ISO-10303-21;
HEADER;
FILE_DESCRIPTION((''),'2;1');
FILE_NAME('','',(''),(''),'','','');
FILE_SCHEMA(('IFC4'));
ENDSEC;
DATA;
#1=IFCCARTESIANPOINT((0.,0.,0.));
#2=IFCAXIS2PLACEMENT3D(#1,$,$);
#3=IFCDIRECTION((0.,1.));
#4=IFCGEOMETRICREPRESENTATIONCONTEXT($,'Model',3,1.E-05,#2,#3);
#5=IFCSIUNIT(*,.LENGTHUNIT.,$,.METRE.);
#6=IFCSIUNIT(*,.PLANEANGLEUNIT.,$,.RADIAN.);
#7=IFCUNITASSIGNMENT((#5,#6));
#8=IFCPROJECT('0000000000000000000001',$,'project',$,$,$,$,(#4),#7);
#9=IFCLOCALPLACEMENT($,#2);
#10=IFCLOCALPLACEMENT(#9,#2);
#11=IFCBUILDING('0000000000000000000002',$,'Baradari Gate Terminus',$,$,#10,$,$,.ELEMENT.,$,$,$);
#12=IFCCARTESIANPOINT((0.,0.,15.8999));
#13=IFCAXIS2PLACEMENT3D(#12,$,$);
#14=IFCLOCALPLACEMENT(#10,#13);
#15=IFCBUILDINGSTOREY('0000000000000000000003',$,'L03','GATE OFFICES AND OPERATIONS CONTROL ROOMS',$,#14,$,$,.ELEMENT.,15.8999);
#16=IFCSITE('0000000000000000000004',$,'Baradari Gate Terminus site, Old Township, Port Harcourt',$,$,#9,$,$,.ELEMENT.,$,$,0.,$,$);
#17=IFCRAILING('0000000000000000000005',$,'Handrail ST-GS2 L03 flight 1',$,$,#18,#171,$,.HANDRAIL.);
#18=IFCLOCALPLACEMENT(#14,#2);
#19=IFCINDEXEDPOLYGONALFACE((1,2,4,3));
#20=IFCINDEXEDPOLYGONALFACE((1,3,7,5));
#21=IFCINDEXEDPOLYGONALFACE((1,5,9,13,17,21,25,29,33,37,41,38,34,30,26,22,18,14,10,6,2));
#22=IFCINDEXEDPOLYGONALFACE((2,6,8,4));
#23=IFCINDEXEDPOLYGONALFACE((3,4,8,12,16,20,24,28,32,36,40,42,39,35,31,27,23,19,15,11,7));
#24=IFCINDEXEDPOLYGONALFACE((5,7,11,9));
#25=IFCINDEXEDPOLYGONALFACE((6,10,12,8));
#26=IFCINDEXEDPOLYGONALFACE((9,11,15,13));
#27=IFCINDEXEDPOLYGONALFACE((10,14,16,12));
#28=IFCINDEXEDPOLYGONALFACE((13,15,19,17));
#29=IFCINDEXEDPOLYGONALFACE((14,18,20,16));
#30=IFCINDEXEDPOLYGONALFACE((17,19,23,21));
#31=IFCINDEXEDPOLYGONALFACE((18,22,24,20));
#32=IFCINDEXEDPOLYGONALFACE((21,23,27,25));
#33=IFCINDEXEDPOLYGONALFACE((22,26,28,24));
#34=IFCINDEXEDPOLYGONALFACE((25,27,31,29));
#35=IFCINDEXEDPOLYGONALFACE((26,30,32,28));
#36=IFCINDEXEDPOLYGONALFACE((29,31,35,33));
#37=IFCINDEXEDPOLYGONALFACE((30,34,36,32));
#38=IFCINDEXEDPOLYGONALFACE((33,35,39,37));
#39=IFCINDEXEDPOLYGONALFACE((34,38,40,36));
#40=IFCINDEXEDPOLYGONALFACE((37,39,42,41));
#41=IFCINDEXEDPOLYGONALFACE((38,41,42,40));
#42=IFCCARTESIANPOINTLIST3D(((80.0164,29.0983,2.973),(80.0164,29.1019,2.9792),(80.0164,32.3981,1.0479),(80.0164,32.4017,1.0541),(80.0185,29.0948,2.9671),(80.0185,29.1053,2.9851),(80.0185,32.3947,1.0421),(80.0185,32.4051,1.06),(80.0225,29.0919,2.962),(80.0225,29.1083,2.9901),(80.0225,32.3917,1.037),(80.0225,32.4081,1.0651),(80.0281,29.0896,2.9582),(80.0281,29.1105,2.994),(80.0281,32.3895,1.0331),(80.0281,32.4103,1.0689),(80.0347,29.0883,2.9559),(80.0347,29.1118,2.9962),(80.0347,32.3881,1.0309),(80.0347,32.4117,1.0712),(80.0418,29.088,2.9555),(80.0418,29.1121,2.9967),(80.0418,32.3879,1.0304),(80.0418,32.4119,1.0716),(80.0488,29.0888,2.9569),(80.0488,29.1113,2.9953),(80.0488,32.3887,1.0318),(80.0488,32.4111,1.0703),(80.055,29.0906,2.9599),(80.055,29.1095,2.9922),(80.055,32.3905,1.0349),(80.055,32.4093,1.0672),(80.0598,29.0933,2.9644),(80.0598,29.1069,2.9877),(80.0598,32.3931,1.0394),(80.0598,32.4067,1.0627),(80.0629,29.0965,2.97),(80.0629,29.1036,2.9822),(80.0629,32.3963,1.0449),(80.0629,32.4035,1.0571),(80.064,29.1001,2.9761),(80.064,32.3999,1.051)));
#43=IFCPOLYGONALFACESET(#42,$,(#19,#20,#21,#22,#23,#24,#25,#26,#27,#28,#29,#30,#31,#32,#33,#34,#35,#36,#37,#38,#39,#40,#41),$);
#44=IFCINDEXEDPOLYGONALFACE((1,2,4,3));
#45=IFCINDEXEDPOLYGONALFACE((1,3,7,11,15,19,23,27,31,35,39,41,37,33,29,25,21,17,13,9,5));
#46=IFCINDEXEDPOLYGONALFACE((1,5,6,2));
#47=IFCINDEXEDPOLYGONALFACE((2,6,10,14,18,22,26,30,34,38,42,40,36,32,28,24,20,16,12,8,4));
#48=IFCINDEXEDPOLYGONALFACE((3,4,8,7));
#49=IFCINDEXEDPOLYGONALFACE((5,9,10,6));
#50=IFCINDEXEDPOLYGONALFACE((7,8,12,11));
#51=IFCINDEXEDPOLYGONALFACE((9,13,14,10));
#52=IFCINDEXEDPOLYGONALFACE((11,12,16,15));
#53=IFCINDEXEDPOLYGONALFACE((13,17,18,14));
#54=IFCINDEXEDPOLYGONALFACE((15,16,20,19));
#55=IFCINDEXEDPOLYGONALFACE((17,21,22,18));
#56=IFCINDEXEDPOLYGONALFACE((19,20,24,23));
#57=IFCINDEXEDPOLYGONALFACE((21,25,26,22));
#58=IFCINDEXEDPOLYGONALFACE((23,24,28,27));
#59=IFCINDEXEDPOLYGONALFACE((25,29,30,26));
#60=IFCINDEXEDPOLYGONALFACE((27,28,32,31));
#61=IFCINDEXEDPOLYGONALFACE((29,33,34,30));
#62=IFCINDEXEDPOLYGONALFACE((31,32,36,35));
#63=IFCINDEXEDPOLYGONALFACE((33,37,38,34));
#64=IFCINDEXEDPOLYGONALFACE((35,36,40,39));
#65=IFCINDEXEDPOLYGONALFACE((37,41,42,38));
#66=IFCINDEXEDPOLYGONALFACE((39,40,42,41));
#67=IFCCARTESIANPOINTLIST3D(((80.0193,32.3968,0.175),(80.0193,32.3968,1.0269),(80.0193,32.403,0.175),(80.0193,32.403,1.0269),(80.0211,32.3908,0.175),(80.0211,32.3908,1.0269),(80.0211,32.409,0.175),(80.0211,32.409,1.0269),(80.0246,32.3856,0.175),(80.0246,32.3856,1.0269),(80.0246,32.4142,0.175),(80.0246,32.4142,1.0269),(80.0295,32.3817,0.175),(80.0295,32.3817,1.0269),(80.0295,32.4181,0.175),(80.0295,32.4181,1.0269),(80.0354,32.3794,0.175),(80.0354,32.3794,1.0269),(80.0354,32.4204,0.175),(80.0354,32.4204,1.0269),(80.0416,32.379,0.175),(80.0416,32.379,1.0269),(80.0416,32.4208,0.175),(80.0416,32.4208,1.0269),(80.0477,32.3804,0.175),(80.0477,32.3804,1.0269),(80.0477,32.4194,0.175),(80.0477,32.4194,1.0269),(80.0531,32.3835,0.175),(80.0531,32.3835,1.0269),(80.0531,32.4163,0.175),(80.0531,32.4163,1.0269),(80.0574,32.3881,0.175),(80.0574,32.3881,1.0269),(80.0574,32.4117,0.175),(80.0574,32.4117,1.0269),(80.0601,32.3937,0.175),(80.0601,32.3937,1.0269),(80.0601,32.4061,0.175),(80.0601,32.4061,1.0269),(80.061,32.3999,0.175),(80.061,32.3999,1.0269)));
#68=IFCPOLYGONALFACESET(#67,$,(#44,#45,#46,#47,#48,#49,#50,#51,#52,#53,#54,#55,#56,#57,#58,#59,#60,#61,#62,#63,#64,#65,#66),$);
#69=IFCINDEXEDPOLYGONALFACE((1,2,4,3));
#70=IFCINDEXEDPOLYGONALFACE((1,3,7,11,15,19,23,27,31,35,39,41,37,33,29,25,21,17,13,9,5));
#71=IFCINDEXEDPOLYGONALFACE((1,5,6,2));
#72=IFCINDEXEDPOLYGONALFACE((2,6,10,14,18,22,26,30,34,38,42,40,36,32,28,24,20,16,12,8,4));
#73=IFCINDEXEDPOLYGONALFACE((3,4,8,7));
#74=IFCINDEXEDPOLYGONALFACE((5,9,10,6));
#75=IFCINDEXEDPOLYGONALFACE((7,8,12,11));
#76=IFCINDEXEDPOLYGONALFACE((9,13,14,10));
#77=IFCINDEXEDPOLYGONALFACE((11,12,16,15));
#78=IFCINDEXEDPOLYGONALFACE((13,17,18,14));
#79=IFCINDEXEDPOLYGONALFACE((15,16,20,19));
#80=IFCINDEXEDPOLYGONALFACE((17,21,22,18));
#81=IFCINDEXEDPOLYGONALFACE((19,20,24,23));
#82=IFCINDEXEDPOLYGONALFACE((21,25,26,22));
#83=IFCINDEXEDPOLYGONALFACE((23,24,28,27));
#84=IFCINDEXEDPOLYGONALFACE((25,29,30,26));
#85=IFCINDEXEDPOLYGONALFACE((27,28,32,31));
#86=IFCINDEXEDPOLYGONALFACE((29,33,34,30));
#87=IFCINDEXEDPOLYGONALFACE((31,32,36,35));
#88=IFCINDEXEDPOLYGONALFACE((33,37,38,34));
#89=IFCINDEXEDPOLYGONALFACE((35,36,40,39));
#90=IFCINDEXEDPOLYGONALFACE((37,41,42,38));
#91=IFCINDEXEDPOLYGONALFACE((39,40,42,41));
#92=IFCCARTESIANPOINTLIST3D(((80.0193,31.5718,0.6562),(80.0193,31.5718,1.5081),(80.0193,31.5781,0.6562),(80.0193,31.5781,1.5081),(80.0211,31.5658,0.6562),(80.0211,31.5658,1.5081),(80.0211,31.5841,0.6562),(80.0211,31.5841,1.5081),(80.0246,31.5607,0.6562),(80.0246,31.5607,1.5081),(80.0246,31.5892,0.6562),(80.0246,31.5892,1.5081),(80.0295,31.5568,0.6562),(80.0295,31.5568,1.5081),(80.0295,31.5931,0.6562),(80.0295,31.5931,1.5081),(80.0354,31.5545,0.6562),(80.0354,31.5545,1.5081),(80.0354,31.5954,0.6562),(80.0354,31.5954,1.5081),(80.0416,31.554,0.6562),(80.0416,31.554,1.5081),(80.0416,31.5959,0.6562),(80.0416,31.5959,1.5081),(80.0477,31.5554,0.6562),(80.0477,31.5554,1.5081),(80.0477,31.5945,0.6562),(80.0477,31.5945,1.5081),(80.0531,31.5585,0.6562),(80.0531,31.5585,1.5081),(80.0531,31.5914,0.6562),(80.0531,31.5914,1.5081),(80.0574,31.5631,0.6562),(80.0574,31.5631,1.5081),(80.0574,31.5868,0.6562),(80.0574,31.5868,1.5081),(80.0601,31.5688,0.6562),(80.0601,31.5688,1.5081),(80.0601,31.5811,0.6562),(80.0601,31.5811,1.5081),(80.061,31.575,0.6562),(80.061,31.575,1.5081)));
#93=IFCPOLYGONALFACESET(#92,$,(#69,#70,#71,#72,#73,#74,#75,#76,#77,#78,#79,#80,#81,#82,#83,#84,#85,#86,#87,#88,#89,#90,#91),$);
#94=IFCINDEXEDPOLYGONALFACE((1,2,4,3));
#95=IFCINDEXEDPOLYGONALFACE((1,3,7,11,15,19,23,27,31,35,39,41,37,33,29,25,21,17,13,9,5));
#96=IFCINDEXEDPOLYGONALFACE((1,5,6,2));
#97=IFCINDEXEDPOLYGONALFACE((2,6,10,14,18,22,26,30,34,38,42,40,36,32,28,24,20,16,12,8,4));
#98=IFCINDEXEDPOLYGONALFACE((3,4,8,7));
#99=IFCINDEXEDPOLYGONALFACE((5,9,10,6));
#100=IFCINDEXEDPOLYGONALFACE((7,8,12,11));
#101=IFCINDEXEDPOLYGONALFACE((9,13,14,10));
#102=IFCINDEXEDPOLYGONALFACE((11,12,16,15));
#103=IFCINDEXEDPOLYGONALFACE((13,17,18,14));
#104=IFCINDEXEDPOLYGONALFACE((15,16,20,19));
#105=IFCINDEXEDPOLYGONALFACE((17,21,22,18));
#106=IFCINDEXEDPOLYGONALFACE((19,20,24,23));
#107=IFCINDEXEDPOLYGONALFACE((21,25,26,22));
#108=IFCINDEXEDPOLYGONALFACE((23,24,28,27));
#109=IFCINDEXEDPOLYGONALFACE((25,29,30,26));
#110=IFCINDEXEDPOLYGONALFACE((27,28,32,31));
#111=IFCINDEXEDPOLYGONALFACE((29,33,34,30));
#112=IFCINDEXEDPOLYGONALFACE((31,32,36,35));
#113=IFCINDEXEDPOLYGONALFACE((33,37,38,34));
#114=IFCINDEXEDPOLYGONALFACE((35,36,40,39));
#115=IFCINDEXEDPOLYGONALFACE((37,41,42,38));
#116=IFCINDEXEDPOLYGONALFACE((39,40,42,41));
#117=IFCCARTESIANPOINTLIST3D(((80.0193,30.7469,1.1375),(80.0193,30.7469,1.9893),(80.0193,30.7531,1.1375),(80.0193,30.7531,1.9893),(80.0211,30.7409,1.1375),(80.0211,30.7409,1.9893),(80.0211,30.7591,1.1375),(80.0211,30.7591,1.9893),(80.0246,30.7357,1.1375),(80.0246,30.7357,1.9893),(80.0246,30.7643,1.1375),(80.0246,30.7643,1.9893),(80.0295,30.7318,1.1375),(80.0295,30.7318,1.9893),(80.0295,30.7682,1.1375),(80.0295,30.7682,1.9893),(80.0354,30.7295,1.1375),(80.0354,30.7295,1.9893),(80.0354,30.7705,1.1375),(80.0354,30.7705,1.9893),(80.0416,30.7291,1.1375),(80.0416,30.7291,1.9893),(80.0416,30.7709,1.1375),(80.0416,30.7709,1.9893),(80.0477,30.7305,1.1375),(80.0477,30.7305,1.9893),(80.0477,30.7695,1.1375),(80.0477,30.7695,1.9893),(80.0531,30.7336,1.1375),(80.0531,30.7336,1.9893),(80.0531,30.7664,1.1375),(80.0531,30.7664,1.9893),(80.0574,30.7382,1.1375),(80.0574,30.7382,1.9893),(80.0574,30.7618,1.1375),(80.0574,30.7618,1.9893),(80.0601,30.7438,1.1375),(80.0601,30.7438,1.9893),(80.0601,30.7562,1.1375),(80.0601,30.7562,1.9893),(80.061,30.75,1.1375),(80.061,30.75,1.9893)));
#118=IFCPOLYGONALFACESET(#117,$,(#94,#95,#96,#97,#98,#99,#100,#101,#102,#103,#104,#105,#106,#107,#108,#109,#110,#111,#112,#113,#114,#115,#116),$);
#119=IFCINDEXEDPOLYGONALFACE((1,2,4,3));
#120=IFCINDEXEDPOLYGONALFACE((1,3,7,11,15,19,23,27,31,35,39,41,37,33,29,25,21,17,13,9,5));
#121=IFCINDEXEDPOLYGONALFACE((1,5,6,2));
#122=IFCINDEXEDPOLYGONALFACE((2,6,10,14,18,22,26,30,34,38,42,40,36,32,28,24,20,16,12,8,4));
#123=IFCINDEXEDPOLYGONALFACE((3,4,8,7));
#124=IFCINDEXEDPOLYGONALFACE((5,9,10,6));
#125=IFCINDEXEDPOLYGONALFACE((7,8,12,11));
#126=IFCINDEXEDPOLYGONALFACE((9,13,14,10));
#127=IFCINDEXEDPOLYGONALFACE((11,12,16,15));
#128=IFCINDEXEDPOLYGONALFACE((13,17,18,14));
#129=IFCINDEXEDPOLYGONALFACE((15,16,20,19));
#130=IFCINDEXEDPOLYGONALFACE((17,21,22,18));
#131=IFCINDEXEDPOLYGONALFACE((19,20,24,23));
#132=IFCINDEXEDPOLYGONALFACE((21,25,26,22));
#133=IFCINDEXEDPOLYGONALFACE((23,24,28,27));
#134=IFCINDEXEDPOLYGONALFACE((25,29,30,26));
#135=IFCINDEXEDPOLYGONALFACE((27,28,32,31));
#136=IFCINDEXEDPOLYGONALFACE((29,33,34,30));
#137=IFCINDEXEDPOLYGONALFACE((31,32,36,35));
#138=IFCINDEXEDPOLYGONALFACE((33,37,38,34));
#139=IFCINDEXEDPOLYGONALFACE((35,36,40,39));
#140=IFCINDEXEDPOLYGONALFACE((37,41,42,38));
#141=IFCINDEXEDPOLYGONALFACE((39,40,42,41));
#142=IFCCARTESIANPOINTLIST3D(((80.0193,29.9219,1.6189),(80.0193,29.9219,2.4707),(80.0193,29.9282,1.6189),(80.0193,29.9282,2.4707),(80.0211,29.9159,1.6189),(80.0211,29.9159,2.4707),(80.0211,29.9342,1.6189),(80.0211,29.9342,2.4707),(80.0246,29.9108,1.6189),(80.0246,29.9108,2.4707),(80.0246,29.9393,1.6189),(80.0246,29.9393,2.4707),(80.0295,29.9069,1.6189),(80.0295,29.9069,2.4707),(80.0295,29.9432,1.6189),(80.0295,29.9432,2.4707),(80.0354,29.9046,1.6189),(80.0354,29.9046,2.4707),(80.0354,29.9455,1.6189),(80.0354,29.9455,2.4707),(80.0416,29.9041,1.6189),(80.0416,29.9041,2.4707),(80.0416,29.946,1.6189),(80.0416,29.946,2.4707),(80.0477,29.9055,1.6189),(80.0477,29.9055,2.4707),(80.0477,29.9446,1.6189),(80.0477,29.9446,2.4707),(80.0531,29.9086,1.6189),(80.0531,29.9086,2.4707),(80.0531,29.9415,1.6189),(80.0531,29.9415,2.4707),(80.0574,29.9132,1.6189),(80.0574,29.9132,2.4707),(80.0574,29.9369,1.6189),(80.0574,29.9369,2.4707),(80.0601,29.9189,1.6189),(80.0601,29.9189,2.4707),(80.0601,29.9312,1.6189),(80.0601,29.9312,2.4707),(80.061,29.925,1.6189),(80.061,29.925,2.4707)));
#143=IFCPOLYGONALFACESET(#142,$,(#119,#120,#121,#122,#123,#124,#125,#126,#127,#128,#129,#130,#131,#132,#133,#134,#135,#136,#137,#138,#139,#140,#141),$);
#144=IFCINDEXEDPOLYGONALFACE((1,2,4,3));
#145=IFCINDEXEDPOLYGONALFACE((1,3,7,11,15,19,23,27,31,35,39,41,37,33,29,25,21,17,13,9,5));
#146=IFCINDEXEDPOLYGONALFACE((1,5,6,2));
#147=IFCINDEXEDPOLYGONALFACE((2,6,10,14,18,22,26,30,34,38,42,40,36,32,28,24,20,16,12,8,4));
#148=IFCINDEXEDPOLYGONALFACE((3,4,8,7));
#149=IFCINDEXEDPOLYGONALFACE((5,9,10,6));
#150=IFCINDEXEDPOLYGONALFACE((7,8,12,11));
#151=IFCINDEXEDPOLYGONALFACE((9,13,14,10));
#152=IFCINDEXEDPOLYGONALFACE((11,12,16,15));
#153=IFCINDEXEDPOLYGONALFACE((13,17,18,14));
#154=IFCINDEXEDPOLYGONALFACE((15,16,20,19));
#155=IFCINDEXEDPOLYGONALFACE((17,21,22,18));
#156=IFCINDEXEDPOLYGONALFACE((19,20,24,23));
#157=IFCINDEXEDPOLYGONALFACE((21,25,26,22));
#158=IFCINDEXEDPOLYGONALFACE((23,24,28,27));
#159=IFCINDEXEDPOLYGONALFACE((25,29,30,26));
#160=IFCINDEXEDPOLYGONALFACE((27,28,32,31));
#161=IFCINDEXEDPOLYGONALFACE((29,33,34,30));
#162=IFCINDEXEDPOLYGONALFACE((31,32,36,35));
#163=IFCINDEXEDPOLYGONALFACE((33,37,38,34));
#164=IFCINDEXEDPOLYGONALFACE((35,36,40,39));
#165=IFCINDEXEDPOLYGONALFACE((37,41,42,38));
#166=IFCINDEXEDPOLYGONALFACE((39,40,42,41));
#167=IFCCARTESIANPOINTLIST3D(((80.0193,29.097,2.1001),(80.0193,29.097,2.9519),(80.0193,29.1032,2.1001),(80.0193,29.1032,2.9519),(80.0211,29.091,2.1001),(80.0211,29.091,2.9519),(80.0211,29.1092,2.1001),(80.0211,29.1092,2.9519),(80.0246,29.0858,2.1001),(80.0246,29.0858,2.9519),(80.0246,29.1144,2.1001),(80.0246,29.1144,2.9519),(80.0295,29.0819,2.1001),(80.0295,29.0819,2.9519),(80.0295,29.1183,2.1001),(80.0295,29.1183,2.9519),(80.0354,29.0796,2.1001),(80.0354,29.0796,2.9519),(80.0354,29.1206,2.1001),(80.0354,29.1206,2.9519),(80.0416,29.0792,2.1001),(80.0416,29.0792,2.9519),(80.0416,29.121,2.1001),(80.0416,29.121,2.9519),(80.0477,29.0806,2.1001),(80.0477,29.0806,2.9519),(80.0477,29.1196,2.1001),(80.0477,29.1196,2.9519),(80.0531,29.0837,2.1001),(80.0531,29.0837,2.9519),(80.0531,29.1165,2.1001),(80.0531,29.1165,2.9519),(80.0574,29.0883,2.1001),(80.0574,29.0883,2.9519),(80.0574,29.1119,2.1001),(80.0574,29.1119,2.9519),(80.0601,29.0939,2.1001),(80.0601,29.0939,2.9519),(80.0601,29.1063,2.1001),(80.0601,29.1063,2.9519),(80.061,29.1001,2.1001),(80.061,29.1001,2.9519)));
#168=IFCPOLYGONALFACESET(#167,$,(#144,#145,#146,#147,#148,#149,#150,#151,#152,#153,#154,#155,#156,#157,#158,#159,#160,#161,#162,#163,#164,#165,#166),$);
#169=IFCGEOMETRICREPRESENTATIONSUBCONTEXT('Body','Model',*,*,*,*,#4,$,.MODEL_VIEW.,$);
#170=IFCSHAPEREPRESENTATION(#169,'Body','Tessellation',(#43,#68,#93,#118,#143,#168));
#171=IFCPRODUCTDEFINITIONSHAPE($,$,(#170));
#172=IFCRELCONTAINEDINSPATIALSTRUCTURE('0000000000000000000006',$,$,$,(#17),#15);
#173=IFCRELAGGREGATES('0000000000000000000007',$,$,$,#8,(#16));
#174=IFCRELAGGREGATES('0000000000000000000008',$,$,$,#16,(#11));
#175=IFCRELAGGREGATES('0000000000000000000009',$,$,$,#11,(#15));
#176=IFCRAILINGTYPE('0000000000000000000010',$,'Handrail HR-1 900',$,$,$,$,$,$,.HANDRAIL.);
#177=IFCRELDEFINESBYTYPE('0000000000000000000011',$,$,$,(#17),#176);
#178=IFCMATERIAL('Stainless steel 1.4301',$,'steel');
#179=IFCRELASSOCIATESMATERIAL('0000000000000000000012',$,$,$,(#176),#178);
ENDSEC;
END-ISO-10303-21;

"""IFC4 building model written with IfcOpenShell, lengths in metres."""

from ifc_helpers import new_model, si_unit, direction, frame, origin, origin_2d, place, context, subcontext, project, spatial, circle, extrude, material, type_object, element, save


model = new_model("IFC4")

# Units and contexts
model_context = context("Model", 3, precision=1e-05, world=origin(), true_north=direction((0.0, 1.0)))
body_context = subcontext(model_context, "Body", "Model", "MODEL_VIEW")
ifc_project = project(units=[si_unit("LENGTHUNIT", "METRE"), si_unit("PLANEANGLEUNIT", "RADIAN")], contexts=[model_context])

# Site, building, storey
site_placement = place(None, origin())
site = spatial("IfcSite", under=ifc_project, at=site_placement, Name="Baradari Gate Terminus site, Old Township, Port Harcourt", CompositionType="ELEMENT", RefElevation=0.0)
building_placement = place(site_placement, origin())
building = spatial("IfcBuilding", under=site, at=building_placement, Name="Baradari Gate Terminus", CompositionType="ELEMENT")
storey_placement = place(building_placement, frame((0.0, 0.0, 15.8999)))
storey = spatial("IfcBuildingStorey", under=building, at=storey_placement, Name="L03", Description="GATE OFFICES AND OPERATIONS CONTROL ROOMS", CompositionType="ELEMENT", Elevation=15.8999)

# Railing
ifc_material_1 = material(Name="Stainless steel 1.4301", Category="steel")
railing_type = type_object("IfcRailingType", Name="Handrail HR-1 900", PredefinedType="HANDRAIL", material=ifc_material_1)
for number, where, name in (
    (1, (80.04, 32.3999, 0.175), "Handrail ST-GS2 L03 flight 1"),
):
    element("IfcRailing", number, at=place(storey_placement, frame(where)), inside=storey, type_object=railing_type, Name=name, PredefinedType="HANDRAIL", context=body_context, shape_type="SweptSolid", body=[
        extrude(circle(Radius=0.0239, at=origin_2d()), frame((0.0, 0.0, 0.876), z_axis=(0.0, -0.86376, 0.503903), x_axis=(1.0, 0.0, 0.0)), (0.0, 0.0, 1.0), 3.8203),
        extrude(circle(Radius=0.021, at=origin_2d()), origin(), (0.0, 0.0, 1.0), 0.8518),
        extrude(circle(Radius=0.021, at=origin_2d()), frame((0.0, -0.825, 0.4812)), (0.0, 0.0, 1.0), 0.8518),
        extrude(circle(Radius=0.021, at=origin_2d()), frame((0.0, -1.6499, 0.9624)), (0.0, 0.0, 1.0), 0.8518),
        extrude(circle(Radius=0.021, at=origin_2d()), frame((0.0, -2.4749, 1.4438)), (0.0, 0.0, 1.0), 0.8518),
        extrude(circle(Radius=0.021, at=origin_2d()), frame((0.0, -3.2998, 1.925)), (0.0, 0.0, 1.0), 0.8518),
    ])

save(model, "model.ifc")
